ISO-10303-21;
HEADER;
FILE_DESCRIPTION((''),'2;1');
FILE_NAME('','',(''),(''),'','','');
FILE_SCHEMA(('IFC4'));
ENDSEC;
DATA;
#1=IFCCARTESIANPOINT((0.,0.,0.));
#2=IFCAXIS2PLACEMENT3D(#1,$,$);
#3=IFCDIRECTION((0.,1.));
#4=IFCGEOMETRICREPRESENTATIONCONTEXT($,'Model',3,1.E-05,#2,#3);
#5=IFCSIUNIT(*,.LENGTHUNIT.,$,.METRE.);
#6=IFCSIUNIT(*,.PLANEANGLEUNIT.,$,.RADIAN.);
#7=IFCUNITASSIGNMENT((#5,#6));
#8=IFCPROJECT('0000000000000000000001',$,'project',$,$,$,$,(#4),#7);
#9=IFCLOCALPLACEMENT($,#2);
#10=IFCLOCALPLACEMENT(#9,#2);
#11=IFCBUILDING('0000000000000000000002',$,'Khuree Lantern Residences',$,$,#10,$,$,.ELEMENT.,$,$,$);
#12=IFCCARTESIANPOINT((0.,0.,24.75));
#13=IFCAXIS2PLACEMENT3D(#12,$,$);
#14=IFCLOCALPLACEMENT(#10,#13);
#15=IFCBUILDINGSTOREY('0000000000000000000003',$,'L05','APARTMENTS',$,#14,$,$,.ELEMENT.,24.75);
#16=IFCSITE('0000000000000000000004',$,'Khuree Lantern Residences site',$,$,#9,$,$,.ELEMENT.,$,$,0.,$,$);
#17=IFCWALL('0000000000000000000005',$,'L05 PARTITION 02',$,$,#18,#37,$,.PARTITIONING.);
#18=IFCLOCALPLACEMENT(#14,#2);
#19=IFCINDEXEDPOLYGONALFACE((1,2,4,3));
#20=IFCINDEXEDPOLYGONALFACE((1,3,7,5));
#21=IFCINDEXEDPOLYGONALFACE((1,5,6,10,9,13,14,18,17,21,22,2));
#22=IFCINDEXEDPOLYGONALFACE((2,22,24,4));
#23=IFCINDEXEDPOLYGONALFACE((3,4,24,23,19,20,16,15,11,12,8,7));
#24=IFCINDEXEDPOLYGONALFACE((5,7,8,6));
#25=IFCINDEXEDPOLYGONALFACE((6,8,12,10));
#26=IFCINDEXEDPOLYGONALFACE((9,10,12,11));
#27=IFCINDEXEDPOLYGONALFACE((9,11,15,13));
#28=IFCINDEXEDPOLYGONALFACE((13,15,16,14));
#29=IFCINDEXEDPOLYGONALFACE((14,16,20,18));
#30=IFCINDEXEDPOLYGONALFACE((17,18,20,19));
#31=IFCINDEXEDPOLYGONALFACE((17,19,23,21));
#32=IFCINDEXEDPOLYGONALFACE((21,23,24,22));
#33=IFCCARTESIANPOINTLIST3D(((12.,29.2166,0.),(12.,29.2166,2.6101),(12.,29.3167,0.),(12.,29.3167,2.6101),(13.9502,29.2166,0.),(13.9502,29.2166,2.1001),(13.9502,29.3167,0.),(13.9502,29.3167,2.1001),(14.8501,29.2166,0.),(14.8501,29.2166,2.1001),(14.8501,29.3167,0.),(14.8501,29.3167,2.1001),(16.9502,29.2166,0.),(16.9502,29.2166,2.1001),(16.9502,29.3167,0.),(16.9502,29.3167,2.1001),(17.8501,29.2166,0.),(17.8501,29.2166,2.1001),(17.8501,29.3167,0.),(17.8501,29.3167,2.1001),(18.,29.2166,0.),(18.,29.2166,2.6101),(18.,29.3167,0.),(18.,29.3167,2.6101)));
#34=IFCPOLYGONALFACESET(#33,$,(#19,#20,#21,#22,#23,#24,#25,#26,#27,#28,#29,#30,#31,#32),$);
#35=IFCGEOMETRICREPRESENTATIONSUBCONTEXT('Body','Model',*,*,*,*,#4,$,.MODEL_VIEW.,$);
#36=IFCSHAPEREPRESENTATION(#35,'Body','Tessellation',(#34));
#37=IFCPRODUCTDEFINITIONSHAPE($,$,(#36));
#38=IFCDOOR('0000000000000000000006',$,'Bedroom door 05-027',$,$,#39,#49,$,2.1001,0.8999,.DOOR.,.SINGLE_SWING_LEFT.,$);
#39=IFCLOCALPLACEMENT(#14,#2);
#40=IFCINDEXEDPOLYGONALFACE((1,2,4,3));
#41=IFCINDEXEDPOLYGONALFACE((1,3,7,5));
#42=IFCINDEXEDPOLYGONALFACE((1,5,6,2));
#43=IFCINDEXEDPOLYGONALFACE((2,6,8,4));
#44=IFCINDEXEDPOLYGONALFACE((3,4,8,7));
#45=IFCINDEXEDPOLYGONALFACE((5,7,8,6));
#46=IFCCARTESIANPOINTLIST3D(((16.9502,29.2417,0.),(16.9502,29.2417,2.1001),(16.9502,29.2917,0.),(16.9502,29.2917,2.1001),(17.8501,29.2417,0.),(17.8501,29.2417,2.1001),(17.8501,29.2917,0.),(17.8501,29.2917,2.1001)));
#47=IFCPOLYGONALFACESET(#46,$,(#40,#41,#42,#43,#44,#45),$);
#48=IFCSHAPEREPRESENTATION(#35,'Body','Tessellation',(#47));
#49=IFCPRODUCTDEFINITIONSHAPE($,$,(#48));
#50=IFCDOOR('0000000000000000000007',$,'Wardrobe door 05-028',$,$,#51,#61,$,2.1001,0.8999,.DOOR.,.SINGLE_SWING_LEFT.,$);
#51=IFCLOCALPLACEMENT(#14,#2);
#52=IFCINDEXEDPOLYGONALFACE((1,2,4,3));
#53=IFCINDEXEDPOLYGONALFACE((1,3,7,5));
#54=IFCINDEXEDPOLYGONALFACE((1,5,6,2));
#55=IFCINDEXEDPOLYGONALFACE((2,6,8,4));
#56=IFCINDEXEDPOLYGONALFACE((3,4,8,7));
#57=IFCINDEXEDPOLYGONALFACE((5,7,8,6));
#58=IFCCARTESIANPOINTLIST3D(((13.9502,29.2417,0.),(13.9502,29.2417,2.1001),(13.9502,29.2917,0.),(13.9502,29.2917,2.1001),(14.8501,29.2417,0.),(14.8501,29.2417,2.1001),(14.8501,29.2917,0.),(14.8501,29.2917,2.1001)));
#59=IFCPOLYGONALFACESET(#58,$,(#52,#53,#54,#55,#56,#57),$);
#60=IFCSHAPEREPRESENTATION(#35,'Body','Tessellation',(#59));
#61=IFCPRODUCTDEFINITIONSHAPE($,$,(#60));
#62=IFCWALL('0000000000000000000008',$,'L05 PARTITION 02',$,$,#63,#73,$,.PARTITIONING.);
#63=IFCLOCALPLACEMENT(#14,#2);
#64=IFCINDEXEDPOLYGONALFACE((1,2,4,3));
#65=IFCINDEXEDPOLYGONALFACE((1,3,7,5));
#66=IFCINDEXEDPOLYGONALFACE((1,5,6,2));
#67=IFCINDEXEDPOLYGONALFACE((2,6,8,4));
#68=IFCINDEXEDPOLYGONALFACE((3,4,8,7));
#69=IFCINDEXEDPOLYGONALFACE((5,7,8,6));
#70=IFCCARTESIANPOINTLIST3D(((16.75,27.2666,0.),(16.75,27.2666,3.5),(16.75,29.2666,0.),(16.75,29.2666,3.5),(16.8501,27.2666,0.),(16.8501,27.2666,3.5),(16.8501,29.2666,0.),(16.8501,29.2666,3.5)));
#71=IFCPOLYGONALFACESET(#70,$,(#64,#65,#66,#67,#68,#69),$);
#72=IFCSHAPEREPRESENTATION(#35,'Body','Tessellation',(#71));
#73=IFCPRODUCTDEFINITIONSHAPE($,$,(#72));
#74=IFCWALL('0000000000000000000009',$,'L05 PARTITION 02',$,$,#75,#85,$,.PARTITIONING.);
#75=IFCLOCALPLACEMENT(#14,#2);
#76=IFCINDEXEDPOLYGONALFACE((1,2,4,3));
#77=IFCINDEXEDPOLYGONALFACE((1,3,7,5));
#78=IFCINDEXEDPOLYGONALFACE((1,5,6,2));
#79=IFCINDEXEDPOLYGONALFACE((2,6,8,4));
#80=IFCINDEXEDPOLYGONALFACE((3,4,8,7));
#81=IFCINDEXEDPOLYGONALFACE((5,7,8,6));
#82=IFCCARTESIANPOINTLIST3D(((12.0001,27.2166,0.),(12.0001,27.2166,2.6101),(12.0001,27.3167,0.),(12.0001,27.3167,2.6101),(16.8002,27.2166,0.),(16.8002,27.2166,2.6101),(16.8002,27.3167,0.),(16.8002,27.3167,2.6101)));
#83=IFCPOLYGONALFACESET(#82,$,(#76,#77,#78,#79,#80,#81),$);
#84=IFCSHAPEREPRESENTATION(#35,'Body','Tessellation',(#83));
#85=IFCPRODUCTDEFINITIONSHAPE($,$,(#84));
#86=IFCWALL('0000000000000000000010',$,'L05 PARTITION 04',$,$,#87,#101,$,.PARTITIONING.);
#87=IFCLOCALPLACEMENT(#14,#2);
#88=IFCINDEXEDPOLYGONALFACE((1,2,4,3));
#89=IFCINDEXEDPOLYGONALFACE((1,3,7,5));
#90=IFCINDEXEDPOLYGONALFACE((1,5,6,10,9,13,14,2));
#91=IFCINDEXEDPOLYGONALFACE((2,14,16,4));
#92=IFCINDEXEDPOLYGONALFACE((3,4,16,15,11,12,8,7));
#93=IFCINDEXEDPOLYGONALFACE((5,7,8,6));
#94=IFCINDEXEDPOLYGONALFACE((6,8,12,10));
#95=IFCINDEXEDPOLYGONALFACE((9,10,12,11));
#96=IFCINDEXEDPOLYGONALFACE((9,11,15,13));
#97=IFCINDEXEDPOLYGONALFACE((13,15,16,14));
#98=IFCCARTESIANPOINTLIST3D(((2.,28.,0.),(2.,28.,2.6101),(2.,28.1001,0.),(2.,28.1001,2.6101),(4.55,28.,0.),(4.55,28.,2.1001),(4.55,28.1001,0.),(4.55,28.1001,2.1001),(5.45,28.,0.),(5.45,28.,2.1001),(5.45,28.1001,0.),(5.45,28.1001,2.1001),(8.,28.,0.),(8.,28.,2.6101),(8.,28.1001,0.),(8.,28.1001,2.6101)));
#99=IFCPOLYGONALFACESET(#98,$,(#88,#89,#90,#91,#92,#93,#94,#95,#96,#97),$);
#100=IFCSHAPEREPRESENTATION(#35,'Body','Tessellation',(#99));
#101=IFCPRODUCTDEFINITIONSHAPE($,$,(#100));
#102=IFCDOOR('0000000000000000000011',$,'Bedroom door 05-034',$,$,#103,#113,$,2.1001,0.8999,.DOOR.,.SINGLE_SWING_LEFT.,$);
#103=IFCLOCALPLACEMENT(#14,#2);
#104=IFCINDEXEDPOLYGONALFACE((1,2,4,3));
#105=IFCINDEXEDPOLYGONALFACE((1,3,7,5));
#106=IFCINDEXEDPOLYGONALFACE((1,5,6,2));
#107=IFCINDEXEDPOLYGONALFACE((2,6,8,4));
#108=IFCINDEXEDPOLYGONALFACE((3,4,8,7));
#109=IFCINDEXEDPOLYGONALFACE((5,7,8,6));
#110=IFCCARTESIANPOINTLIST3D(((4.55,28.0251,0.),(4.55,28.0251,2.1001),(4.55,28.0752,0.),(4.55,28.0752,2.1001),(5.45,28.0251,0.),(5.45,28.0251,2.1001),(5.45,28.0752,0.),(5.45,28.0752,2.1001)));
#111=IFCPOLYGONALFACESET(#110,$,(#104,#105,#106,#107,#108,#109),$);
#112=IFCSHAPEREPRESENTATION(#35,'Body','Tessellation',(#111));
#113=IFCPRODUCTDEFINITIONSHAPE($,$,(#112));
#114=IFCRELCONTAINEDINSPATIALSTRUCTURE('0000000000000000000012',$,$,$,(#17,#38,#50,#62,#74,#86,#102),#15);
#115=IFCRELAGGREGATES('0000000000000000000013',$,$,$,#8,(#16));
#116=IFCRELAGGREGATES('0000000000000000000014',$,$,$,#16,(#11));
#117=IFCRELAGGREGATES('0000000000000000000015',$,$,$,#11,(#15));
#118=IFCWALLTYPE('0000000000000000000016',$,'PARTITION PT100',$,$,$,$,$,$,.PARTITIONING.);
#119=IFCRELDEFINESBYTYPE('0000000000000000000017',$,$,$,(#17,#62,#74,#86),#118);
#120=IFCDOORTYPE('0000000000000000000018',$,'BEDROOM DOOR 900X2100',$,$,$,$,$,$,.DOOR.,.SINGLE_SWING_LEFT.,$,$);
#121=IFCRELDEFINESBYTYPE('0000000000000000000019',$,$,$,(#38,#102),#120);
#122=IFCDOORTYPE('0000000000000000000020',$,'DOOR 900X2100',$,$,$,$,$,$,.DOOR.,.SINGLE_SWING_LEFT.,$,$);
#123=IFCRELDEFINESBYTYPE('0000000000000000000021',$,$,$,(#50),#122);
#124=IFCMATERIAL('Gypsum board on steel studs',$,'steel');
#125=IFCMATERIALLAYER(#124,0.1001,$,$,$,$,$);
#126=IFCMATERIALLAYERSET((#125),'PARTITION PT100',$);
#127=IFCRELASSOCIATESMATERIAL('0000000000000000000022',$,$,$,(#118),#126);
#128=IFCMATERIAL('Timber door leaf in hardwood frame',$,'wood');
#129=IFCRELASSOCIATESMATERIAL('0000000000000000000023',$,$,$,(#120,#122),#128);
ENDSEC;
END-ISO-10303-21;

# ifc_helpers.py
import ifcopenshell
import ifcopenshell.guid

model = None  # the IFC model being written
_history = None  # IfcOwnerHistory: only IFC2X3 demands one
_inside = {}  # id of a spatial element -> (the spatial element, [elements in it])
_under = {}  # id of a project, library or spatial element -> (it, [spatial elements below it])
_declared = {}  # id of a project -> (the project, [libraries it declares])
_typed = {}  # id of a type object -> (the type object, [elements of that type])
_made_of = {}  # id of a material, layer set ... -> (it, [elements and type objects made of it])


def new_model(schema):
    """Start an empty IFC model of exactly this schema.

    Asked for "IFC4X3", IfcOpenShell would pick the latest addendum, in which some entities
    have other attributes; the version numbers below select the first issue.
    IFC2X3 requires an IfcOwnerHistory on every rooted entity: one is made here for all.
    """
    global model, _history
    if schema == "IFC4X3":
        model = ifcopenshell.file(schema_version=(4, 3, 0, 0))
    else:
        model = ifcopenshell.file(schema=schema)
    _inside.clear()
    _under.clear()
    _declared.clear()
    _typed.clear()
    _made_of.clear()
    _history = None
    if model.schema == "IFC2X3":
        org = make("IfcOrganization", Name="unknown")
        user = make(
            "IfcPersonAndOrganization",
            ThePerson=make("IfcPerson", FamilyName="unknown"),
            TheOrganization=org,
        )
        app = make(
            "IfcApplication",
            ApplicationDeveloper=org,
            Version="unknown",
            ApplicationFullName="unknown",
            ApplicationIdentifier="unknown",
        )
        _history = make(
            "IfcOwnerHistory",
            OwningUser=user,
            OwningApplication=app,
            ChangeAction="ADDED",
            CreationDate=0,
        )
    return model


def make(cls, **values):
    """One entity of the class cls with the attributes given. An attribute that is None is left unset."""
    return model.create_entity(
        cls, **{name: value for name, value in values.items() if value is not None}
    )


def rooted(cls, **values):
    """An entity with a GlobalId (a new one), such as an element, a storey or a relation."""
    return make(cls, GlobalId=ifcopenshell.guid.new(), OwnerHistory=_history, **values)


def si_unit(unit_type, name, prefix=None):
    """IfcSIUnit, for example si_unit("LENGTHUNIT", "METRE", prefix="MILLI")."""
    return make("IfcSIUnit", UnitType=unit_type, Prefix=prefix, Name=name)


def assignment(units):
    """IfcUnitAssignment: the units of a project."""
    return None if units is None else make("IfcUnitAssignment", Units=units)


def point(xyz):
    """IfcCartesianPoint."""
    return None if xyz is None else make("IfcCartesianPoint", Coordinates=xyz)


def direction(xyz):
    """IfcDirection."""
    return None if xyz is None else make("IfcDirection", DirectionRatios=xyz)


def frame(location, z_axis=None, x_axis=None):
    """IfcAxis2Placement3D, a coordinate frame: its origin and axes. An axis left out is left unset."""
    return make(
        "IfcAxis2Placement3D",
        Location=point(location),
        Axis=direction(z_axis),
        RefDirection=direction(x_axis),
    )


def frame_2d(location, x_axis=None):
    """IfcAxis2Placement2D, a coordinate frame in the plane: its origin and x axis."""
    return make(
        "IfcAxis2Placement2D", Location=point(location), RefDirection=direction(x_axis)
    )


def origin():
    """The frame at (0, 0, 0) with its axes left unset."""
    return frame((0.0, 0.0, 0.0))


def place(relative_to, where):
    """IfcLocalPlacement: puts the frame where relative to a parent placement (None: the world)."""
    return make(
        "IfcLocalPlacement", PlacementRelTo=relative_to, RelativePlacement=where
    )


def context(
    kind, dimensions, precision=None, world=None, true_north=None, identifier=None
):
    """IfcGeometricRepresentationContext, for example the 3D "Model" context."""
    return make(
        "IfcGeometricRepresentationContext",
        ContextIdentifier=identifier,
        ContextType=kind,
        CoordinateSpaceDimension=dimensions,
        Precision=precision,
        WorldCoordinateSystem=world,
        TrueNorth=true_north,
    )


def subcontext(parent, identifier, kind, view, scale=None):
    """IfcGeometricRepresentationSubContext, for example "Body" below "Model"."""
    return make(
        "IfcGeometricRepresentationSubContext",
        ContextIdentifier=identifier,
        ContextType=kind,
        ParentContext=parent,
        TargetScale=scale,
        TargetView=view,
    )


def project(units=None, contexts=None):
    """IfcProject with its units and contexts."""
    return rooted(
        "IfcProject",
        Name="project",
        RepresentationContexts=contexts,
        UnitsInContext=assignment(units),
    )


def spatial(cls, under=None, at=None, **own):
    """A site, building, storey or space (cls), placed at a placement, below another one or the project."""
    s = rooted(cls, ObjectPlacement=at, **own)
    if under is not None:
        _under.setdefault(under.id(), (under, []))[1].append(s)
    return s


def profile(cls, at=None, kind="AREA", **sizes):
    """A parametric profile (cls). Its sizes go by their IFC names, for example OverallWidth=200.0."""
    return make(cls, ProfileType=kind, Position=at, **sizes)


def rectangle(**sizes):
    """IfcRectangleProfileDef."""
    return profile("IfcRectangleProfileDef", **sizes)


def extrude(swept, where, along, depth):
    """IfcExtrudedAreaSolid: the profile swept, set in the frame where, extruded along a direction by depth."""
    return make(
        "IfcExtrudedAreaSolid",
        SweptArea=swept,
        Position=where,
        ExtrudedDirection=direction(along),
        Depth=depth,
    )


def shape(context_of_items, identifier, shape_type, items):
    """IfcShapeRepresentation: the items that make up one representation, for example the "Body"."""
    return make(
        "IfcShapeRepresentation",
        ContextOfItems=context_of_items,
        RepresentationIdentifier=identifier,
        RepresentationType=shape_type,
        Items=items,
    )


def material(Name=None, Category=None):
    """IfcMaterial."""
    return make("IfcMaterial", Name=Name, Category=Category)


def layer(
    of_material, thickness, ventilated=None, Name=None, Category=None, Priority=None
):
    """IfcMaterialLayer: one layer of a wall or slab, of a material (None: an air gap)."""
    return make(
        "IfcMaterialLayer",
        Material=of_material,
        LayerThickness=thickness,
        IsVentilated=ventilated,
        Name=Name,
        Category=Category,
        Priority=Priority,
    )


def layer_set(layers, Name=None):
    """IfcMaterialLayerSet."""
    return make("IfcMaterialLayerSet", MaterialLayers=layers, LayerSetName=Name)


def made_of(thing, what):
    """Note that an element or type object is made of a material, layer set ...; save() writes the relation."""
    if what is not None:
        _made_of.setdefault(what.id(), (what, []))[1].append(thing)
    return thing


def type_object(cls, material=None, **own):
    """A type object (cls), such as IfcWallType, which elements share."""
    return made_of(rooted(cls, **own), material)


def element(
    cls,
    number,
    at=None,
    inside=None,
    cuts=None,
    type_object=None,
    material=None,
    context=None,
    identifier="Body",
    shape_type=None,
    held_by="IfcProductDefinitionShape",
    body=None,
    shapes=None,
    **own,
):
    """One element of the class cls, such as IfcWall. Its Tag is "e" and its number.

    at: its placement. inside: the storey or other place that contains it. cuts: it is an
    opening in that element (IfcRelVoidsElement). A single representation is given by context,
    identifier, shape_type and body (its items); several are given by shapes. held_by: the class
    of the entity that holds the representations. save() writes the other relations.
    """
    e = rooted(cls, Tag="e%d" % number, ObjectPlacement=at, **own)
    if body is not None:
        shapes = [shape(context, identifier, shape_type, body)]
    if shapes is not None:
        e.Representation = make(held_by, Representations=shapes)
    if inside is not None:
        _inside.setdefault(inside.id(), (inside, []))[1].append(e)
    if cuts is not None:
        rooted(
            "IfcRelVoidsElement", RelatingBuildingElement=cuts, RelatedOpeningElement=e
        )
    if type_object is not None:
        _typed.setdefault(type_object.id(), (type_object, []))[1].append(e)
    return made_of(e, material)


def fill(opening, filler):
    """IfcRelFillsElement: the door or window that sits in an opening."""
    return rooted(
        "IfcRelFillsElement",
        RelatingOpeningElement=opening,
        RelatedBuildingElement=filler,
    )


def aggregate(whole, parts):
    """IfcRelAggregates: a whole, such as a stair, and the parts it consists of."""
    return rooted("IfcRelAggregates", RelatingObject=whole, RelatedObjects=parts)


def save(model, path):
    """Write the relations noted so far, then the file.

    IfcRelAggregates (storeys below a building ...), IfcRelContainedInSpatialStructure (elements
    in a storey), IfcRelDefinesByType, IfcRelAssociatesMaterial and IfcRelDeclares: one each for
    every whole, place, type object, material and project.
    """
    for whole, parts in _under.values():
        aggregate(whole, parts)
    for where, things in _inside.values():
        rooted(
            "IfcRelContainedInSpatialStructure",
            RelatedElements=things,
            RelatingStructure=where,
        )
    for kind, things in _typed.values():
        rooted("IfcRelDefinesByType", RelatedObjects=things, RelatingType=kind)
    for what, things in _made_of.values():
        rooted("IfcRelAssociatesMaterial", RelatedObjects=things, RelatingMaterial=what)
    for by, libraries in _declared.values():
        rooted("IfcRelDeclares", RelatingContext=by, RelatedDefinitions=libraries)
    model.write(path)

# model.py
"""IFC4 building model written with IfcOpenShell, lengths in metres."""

from ifc_helpers import new_model, si_unit, direction, frame, frame_2d, origin, place, context, subcontext, project, spatial, rectangle, extrude, material, layer, layer_set, type_object, element, fill, save


model = new_model("IFC4")

# Units and contexts
model_context = context("Model", 3, precision=1e-05, world=origin(), true_north=direction((0.0, 1.0)))
body_context = subcontext(model_context, "Body", "Model", "MODEL_VIEW")
ifc_project = project(units=[si_unit("LENGTHUNIT", "METRE"), si_unit("PLANEANGLEUNIT", "RADIAN")], contexts=[model_context])

# Site, building, storey
site_placement = place(None, origin())
site = spatial("IfcSite", under=ifc_project, at=site_placement, Name="Khuree Lantern Residences site", CompositionType="ELEMENT", RefElevation=0.0)
building_placement = place(site_placement, origin())
building = spatial("IfcBuilding", under=site, at=building_placement, Name="Khuree Lantern Residences", CompositionType="ELEMENT")
storey_placement = place(building_placement, frame((0.0, 0.0, 24.75)))
storey = spatial("IfcBuildingStorey", under=building, at=storey_placement, Name="L05", Description="APARTMENTS", CompositionType="ELEMENT", Elevation=24.75)

# Shared definitions
ifc_material_1 = material(Name="Timber door leaf in hardwood frame", Category="wood")

# Shared definitions
ifc_material_2 = material(Name="Gypsum board on steel studs", Category="steel")
ifc_layer_1 = layer(ifc_material_2, 0.1001)
ifc_layer_set_1 = layer_set([ifc_layer_1], Name="PARTITION PT100")
wall_type_1 = type_object("IfcWallType", Name="PARTITION PT100", PredefinedType="PARTITIONING", material=ifc_layer_set_1)

# Wall, openings, doors
wall_1_placement = place(storey_placement, frame((18.0, 29.2666, 0.0), z_axis=(0.0, 0.0, 1.0), x_axis=(-1.0, 0.0, 0.0)))
wall_1 = element("IfcWall", 1, at=wall_1_placement, inside=storey, type_object=wall_type_1, Name="L05 PARTITION 02", PredefinedType="PARTITIONING", context=body_context, shape_type="SweptSolid", body=[
    extrude(rectangle(XDim=6.0, YDim=0.1001, at=frame_2d((3.0, 0.0))), origin(), (0.0, 0.0, 1.0), 2.6101),
])
opening_1_placement = place(wall_1_placement, frame((0.1499, 0.0, 0.0)))
opening_1 = element("IfcOpeningElement", 2, at=opening_1_placement, cuts=wall_1, PredefinedType="OPENING", context=body_context, shape_type="SweptSolid", body=[
    extrude(rectangle(XDim=0.8999, YDim=2.1001, at=frame_2d((0.45, 1.05))), frame((0.0, 0.0601, 0.0), z_axis=(0.0, -1.0, 0.0), x_axis=(1.0, 0.0, 0.0)), (0.0, 0.0, 1.0), 0.1201),
])
opening_2_placement = place(wall_1_placement, frame((3.1499, 0.0, 0.0)))
opening_2 = element("IfcOpeningElement", 3, at=opening_2_placement, cuts=wall_1, PredefinedType="OPENING", context=body_context, shape_type="SweptSolid", body=[
    extrude(rectangle(XDim=0.8999, YDim=2.1001, at=frame_2d((0.45, 1.05))), frame((0.0, 0.0601, 0.0), z_axis=(0.0, -1.0, 0.0), x_axis=(1.0, 0.0, 0.0)), (0.0, 0.0, 1.0), 0.1201),
])
door_type_1 = type_object("IfcDoorType", Name="BEDROOM DOOR 900X2100", OperationType="SINGLE_SWING_LEFT", PredefinedType="DOOR", material=ifc_material_1)
door_1_placement = place(opening_1_placement, origin())
door_1 = element("IfcDoor", 4, at=door_1_placement, inside=storey, type_object=door_type_1, Name="Bedroom door 05-027", OperationType="SINGLE_SWING_LEFT", OverallHeight=2.1001, OverallWidth=0.8999, PredefinedType="DOOR", context=body_context, shape_type="SweptSolid", body=[
    extrude(rectangle(XDim=0.8999, YDim=2.1001, at=frame_2d((0.45, 1.05))), frame((0.0, 0.0249, 0.0), z_axis=(0.0, -1.0, 0.0), x_axis=(1.0, 0.0, 0.0)), (0.0, 0.0, 1.0), 0.05),
])
fill(opening_1, door_1)
door_type_2 = type_object("IfcDoorType", Name="DOOR 900X2100", OperationType="SINGLE_SWING_LEFT", PredefinedType="DOOR", material=ifc_material_1)
door_2_placement = place(opening_2_placement, origin())
door_2 = element("IfcDoor", 5, at=door_2_placement, inside=storey, type_object=door_type_2, Name="Wardrobe door 05-028", OperationType="SINGLE_SWING_LEFT", OverallHeight=2.1001, OverallWidth=0.8999, PredefinedType="DOOR", context=body_context, shape_type="SweptSolid", body=[
    extrude(rectangle(XDim=0.8999, YDim=2.1001, at=frame_2d((0.45, 1.05))), frame((0.0, 0.0249, 0.0), z_axis=(0.0, -1.0, 0.0), x_axis=(1.0, 0.0, 0.0)), (0.0, 0.0, 1.0), 0.05),
])
fill(opening_2, door_2)

# Walls
wall_2_placement = place(storey_placement, frame((16.8, 27.2666, 0.0), z_axis=(0.0, 0.0, 1.0), x_axis=(0.0, 1.0, 0.0)))
element("IfcWall", 6, at=wall_2_placement, inside=storey, type_object=wall_type_1, Name="L05 PARTITION 02", PredefinedType="PARTITIONING", context=body_context, shape_type="SweptSolid", body=[
    extrude(rectangle(XDim=2.0, YDim=0.1001, at=frame_2d((1.0, 0.0))), origin(), (0.0, 0.0, 1.0), 3.5),
])
wall_3_placement = place(storey_placement, frame((16.8, 27.2666, 0.0), z_axis=(0.0, 0.0, 1.0), x_axis=(-1.0, 0.0, 0.0)))
element("IfcWall", 7, at=wall_3_placement, inside=storey, type_object=wall_type_1, Name="L05 PARTITION 02", PredefinedType="PARTITIONING", context=body_context, shape_type="SweptSolid", body=[
    extrude(rectangle(XDim=4.8, YDim=0.1001, at=frame_2d((2.3999, 0.0))), origin(), (0.0, 0.0, 1.0), 2.6101),
])

# Wall, opening, door
wall_4_placement = place(storey_placement, frame((8.0, 28.05, 0.0), z_axis=(0.0, 0.0, 1.0), x_axis=(-1.0, 0.0, 0.0)))
wall_4 = element("IfcWall", 8, at=wall_4_placement, inside=storey, type_object=wall_type_1, Name="L05 PARTITION 04", PredefinedType="PARTITIONING", context=body_context, shape_type="SweptSolid", body=[
    extrude(rectangle(XDim=6.0, YDim=0.1001, at=frame_2d((3.0, 0.0))), origin(), (0.0, 0.0, 1.0), 2.6101),
])
opening_3_placement = place(wall_4_placement, frame((2.55, 0.0, 0.0)))
opening_3 = element("IfcOpeningElement", 9, at=opening_3_placement, cuts=wall_4, PredefinedType="OPENING", context=body_context, shape_type="SweptSolid", body=[
    extrude(rectangle(XDim=0.8999, YDim=2.1001, at=frame_2d((0.45, 1.05))), frame((0.0, 0.0601, 0.0), z_axis=(0.0, -1.0, 0.0), x_axis=(1.0, 0.0, 0.0)), (0.0, 0.0, 1.0), 0.1201),
])
door_3_placement = place(opening_3_placement, origin())
door_3 = element("IfcDoor", 10, at=door_3_placement, inside=storey, type_object=door_type_1, Name="Bedroom door 05-034", OperationType="SINGLE_SWING_LEFT", OverallHeight=2.1001, OverallWidth=0.8999, PredefinedType="DOOR", context=body_context, shape_type="SweptSolid", body=[
    extrude(rectangle(XDim=0.8999, YDim=2.1001, at=frame_2d((0.45, 1.05))), frame((0.0, 0.0249, 0.0), z_axis=(0.0, -1.0, 0.0), x_axis=(1.0, 0.0, 0.0)), (0.0, 0.0, 1.0), 0.05),
])
fill(opening_3, door_3)

save(model, "model.ifc")
